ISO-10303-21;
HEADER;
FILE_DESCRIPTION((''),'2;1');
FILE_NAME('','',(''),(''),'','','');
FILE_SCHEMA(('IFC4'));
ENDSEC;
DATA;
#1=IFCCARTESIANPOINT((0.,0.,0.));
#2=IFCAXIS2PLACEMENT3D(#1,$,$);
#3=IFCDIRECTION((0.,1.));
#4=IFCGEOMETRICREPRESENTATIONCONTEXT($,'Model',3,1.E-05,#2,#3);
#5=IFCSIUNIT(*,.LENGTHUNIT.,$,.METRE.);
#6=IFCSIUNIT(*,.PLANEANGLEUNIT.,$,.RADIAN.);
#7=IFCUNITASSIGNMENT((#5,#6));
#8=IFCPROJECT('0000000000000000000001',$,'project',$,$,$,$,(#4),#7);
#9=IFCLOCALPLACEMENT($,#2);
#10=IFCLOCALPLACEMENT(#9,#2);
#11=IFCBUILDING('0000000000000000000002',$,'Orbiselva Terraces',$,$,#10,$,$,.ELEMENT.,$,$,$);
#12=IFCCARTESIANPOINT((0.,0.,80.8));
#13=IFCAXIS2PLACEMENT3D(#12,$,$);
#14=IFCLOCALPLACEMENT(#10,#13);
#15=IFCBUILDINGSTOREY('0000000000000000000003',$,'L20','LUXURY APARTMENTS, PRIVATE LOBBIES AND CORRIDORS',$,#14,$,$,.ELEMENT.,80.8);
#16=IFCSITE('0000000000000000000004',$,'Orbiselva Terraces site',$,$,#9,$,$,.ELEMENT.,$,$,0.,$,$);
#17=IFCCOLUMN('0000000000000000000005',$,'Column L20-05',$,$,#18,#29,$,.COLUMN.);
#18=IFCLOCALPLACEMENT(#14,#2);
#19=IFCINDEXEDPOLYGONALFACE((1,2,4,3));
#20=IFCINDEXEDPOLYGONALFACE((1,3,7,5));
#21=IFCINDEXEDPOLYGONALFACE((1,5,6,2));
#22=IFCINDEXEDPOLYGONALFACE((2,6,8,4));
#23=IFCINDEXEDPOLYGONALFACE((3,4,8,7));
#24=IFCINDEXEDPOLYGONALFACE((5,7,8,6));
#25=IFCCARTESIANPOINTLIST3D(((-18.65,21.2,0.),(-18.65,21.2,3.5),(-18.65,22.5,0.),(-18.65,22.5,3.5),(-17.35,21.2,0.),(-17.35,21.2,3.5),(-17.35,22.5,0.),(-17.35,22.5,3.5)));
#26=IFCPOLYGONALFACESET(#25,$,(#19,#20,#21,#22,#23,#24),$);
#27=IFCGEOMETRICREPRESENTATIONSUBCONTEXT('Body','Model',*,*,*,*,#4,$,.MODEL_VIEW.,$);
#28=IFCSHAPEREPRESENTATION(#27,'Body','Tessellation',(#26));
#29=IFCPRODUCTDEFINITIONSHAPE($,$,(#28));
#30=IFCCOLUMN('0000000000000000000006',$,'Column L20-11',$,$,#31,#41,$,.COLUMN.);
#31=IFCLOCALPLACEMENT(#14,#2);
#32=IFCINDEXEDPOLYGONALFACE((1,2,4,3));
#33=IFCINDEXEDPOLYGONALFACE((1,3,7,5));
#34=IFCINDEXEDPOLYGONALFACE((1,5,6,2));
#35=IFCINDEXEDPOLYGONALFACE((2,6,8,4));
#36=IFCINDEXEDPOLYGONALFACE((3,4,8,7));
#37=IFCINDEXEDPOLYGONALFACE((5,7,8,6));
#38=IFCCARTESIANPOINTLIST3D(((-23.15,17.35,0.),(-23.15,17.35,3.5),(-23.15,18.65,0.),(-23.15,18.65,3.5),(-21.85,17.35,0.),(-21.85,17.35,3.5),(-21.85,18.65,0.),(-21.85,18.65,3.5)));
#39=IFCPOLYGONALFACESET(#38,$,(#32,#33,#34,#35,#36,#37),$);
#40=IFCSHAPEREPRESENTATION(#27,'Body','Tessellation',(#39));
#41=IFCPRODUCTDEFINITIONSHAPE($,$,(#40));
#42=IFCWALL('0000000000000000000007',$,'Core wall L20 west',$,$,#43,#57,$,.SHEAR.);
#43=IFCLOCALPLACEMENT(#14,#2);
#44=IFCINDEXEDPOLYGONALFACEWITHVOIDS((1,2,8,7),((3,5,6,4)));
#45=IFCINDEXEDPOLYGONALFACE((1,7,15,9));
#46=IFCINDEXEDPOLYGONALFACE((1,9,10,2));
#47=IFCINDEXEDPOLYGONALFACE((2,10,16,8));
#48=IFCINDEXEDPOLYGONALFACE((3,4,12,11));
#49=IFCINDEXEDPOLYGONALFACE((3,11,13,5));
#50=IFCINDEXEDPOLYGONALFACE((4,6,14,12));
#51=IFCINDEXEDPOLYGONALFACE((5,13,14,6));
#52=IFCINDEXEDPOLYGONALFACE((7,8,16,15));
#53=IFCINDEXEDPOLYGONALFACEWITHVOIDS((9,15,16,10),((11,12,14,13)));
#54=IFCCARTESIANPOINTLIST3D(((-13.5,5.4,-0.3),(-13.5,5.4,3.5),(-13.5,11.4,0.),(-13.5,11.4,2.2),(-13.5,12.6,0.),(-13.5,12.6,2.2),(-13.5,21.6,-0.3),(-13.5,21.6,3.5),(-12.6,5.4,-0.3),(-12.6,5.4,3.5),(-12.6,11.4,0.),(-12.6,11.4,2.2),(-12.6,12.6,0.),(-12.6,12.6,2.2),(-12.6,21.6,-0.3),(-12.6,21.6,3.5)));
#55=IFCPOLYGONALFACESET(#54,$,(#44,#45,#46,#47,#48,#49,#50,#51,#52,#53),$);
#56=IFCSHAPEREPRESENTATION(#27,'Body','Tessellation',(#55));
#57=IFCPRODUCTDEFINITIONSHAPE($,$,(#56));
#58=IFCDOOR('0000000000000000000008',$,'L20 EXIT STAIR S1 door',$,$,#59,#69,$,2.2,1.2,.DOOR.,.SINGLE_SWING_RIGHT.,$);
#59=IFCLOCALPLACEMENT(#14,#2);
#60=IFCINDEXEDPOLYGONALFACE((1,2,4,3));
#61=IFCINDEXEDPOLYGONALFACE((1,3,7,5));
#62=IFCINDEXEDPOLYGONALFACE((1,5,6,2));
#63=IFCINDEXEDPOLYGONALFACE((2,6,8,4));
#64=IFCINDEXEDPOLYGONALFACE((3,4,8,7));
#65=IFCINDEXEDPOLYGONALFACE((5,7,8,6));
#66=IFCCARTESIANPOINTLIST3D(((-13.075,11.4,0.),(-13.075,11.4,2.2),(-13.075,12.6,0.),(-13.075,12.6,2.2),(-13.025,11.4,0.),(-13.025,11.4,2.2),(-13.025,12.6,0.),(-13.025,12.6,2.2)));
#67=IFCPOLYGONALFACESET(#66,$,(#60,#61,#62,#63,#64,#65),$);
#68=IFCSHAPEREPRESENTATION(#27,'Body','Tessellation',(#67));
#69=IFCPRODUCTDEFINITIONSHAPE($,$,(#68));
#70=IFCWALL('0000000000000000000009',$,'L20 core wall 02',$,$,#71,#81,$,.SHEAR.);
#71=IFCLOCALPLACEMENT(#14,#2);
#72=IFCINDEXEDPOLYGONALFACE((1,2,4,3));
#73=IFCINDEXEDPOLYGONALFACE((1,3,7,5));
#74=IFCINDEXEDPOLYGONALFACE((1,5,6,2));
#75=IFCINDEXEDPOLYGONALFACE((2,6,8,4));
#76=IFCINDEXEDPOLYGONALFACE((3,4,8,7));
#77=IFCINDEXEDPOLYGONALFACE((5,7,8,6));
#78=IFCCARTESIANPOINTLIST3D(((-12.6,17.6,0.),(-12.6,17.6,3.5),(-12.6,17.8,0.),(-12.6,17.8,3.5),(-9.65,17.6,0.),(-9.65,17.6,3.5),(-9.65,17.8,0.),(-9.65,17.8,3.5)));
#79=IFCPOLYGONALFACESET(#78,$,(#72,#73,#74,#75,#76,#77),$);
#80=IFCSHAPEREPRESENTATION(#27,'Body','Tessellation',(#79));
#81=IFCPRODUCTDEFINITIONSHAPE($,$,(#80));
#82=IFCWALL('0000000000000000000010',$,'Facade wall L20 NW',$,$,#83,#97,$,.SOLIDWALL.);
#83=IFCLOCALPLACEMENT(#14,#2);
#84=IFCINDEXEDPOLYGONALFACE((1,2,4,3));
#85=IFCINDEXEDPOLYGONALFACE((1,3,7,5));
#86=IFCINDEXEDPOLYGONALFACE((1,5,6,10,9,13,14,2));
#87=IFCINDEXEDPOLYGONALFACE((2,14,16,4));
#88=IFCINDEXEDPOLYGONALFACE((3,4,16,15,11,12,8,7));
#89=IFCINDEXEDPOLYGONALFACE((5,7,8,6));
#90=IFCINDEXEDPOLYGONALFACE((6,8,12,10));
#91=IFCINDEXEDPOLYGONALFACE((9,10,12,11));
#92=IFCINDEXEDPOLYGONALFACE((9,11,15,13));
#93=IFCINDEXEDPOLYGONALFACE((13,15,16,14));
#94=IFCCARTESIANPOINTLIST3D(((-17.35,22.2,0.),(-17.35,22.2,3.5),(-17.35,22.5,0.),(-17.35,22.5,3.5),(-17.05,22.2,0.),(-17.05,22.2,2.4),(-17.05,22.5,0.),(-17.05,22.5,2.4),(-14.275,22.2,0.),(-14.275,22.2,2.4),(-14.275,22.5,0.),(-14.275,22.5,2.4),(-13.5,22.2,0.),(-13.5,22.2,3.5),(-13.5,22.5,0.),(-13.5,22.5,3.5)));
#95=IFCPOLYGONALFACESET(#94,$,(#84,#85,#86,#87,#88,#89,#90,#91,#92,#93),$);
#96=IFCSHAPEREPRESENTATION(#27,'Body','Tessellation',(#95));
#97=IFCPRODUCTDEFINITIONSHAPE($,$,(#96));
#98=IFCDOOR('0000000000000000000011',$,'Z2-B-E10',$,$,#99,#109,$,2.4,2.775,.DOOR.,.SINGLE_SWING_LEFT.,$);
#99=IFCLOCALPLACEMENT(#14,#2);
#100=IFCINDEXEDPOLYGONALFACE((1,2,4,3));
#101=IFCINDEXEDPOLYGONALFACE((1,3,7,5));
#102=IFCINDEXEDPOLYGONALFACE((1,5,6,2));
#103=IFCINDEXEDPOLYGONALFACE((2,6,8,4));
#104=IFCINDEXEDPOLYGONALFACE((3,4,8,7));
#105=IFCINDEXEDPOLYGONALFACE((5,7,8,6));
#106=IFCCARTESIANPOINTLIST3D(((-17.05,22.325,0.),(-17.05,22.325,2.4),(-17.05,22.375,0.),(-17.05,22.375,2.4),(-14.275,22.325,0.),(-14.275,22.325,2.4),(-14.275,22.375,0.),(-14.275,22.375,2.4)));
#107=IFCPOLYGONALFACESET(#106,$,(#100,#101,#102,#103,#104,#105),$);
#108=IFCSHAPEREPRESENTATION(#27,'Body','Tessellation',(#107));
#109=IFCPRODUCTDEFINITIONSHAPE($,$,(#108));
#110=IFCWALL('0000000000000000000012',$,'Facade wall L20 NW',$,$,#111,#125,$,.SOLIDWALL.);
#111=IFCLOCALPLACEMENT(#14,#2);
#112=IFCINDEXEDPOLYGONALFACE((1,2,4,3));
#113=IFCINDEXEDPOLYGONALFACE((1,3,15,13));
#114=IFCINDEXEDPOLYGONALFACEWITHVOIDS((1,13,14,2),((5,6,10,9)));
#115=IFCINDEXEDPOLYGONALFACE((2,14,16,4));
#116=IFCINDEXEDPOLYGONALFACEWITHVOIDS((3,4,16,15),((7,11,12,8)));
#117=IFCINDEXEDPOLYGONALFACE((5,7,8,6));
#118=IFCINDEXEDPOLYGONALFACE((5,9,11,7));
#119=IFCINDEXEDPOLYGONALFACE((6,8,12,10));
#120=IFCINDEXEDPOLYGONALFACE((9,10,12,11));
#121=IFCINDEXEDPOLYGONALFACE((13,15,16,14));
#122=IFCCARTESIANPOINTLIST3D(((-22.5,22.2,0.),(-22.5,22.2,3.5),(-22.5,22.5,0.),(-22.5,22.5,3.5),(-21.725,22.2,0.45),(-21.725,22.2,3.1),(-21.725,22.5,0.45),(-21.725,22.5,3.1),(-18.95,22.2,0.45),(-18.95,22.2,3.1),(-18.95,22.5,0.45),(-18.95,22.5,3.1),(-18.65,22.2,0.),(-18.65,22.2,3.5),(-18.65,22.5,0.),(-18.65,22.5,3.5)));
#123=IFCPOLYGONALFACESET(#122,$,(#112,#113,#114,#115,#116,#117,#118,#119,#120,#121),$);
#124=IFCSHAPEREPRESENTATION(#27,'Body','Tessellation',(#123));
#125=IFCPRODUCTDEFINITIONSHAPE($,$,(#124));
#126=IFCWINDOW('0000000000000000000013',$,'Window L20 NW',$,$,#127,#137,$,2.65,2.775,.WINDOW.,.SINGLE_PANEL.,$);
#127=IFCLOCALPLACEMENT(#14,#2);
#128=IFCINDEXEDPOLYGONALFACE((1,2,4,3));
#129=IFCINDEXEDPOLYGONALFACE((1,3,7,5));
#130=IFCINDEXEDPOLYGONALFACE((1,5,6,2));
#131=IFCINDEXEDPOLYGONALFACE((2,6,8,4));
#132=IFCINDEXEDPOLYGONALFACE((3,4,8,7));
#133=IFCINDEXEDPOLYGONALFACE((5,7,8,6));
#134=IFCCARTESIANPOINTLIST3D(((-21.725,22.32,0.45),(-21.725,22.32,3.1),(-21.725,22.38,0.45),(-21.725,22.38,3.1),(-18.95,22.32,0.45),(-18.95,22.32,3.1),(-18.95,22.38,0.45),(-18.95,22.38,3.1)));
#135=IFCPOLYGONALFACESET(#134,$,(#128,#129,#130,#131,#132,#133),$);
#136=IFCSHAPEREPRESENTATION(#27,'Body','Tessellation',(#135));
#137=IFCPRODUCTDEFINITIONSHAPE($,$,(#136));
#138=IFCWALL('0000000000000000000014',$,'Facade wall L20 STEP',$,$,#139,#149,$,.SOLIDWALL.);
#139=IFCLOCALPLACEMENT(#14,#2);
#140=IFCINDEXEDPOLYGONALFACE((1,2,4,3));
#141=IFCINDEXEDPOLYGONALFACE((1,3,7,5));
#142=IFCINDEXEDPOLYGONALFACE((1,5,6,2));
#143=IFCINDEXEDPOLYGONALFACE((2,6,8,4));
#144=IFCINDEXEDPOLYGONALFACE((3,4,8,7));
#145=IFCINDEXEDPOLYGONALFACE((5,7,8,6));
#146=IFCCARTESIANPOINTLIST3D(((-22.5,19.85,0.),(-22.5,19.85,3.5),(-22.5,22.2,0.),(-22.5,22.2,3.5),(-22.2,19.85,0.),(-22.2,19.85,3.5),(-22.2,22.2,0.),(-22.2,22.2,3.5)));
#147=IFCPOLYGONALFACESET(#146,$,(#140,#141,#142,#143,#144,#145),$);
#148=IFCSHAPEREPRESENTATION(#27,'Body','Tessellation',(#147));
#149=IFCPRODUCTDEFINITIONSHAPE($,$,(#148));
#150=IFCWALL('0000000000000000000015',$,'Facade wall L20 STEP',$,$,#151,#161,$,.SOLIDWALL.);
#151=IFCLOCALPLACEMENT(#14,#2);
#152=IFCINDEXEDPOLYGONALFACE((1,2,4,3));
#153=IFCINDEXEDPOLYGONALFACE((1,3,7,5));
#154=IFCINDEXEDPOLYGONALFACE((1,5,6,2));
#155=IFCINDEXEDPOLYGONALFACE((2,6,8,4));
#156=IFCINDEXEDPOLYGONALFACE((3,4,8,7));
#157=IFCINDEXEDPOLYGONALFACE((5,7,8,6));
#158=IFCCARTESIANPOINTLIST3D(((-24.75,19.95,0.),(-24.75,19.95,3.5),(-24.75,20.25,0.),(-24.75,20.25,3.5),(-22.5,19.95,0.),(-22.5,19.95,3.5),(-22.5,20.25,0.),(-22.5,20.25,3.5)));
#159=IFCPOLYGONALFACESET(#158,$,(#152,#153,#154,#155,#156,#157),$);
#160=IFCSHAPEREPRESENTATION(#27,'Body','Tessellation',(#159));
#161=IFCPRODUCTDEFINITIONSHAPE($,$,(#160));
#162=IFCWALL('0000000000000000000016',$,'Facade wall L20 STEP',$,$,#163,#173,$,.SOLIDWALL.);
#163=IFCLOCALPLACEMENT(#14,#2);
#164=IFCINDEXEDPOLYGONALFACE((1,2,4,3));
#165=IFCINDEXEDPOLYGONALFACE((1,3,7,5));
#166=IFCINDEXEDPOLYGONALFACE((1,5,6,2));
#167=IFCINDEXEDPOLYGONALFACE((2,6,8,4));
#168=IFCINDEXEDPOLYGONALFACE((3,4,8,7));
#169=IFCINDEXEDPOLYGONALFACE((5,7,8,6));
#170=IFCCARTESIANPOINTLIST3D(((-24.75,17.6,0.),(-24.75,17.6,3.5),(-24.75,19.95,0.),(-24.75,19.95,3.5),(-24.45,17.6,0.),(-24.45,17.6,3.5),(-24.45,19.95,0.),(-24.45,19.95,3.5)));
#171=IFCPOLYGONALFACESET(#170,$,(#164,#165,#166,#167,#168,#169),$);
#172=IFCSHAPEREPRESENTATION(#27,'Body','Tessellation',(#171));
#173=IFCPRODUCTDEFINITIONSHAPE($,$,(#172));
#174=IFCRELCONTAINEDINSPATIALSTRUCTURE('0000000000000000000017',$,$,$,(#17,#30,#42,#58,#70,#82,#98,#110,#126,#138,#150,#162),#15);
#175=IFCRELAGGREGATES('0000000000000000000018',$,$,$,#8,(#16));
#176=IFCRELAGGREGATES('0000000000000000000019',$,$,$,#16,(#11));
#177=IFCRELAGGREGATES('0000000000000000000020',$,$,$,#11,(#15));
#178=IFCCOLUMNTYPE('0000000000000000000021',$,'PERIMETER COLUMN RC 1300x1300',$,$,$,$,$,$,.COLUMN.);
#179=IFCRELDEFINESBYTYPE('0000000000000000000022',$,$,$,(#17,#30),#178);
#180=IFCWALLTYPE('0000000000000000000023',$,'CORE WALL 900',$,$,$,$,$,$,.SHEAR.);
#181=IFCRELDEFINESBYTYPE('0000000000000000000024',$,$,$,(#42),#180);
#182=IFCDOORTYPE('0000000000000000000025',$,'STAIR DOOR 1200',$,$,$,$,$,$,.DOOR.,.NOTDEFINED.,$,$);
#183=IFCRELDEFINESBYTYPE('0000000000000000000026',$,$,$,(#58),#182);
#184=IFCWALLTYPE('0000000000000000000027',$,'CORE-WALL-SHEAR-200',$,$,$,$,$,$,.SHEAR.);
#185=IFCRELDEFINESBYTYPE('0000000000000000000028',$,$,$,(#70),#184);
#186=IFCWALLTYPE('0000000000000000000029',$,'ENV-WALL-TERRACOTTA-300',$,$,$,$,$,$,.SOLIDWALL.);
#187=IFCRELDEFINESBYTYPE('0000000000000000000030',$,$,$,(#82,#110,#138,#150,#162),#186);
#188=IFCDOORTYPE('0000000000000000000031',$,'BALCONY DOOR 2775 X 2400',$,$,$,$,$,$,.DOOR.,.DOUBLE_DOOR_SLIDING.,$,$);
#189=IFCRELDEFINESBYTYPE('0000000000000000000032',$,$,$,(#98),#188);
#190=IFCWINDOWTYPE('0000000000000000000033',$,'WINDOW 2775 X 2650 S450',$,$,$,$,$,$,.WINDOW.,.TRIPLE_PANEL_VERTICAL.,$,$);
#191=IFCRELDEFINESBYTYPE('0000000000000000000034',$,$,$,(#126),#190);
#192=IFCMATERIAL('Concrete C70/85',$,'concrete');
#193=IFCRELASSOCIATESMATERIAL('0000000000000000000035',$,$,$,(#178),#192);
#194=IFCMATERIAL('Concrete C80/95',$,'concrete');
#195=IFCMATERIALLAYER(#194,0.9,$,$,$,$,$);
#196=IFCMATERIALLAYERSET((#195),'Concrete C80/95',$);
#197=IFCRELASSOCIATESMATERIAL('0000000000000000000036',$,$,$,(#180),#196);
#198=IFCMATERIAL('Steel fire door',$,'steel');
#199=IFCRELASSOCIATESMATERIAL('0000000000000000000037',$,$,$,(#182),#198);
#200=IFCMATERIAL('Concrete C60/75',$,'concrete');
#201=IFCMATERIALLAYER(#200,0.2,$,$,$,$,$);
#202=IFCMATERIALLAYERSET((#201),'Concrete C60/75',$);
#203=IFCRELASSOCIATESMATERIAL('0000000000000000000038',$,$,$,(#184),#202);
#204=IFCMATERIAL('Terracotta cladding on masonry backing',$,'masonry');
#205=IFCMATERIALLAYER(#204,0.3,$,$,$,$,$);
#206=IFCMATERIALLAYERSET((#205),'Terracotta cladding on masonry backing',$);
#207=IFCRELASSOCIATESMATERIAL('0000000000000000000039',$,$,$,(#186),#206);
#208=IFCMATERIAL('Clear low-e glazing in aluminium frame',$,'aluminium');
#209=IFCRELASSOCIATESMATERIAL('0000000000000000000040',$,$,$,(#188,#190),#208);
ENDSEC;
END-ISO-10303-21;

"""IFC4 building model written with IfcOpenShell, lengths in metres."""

from ifc_helpers import new_model, si_unit, direction, frame, frame_2d, origin, origin_2d, place, context, subcontext, project, spatial, rectangle, extrude, material, layer, layer_set, material_profile, profile_set, type_object, element, fill, save


model = new_model("IFC4")

# Units and contexts
model_context = context("Model", 3, precision=1e-05, world=origin(), true_north=direction((0.0, 1.0)))
body_context = subcontext(model_context, "Body", "Model", "MODEL_VIEW")
ifc_project = project(units=[si_unit("LENGTHUNIT", "METRE"), si_unit("PLANEANGLEUNIT", "RADIAN")], contexts=[model_context])

# Site, building, storey
site_placement = place(None, origin())
site = spatial("IfcSite", under=ifc_project, at=site_placement, Name="Orbiselva Terraces site", CompositionType="ELEMENT", RefElevation=0.0)
building_placement = place(site_placement, origin())
building = spatial("IfcBuilding", under=site, at=building_placement, Name="Orbiselva Terraces", CompositionType="ELEMENT")
storey_placement = place(building_placement, frame((0.0, 0.0, 80.8)))
storey = spatial("IfcBuildingStorey", under=building, at=storey_placement, Name="L20", Description="LUXURY APARTMENTS, PRIVATE LOBBIES AND CORRIDORS", CompositionType="ELEMENT", Elevation=80.8)

# Columns
ifc_material_1 = material(Name="Concrete C70/85", Category="concrete")
ifc_material_profile = material_profile(ifc_material_1, rectangle(XDim=1.3, YDim=1.3, at=origin_2d()), Name="RC 1300x1300")
ifc_profile_set = profile_set([ifc_material_profile], Name="Concrete C70/85")
column_type = type_object("IfcColumnType", Name="PERIMETER COLUMN RC 1300x1300", PredefinedType="COLUMN", material=ifc_profile_set)
for number, where, z_axis, x_axis, name in (
    (1, (-18.0, 21.85, 0.0), (0.0, 0.0, 1.0), (1.0, 0.0, 0.0), "Column L20-05"),
    (2, (-22.5, 18.0, 0.0), (0.0, 0.0, 1.0), (1.0, 0.0, 0.0), "Column L20-11"),
):
    element("IfcColumn", number, at=place(storey_placement, frame(where, z_axis=z_axis, x_axis=x_axis)), inside=storey, type_object=column_type, Name=name, PredefinedType="COLUMN", context=body_context, shape_type="SweptSolid", body=[
        extrude(rectangle(XDim=1.3, YDim=1.3, at=origin_2d()), origin(), (0.0, 0.0, 1.0), 3.5),
    ])

# Wall, opening, door
ifc_material_2 = material(Name="Concrete C80/95", Category="concrete")
ifc_layer_1 = layer(ifc_material_2, 0.9)
ifc_layer_set_1 = layer_set([ifc_layer_1], Name="Concrete C80/95")
wall_type_1 = type_object("IfcWallType", Name="CORE WALL 900", PredefinedType="SHEAR", material=ifc_layer_set_1)
wall_1_placement = place(storey_placement, frame((-13.05, 21.6, -0.3), z_axis=(0.0, 0.0, 1.0), x_axis=(0.0, -1.0, 0.0)))
wall_1 = element("IfcWall", 3, at=wall_1_placement, inside=storey, type_object=wall_type_1, Name="Core wall L20 west", PredefinedType="SHEAR", context=body_context, shape_type="SweptSolid", body=[
    extrude(rectangle(XDim=16.2, YDim=0.9, at=frame_2d((8.1, 0.0))), origin(), (0.0, 0.0, 1.0), 3.8),
])
opening_1_placement = place(wall_1_placement, frame((9.0, 0.0, 0.3)))
opening_1 = element("IfcOpeningElement", 4, at=opening_1_placement, cuts=wall_1, PredefinedType="OPENING", context=body_context, shape_type="SweptSolid", body=[
    extrude(rectangle(XDim=1.2, YDim=2.2, at=frame_2d((0.6, 1.1))), frame((0.0, 0.46, 0.0), z_axis=(0.0, -1.0, 0.0), x_axis=(1.0, 0.0, 0.0)), (0.0, 0.0, 1.0), 0.92),
])
ifc_material_3 = material(Name="Steel fire door", Category="steel")
door_type_1 = type_object("IfcDoorType", Name="STAIR DOOR 1200", OperationType="NOTDEFINED", PredefinedType="DOOR", material=ifc_material_3)
door_1_placement = place(opening_1_placement, frame((1.2, 0.0, 0.0), z_axis=(0.0, 0.0, 1.0), x_axis=(-1.0, 0.0, 0.0)))
door_1 = element("IfcDoor", 5, at=door_1_placement, inside=storey, type_object=door_type_1, Name="L20 EXIT STAIR S1 door", OperationType="SINGLE_SWING_RIGHT", OverallHeight=2.2, OverallWidth=1.2, PredefinedType="DOOR", context=body_context, shape_type="SweptSolid", body=[
    extrude(rectangle(XDim=1.2, YDim=2.2, at=frame_2d((0.6, 1.1))), frame((0.0, 0.025, 0.0), z_axis=(0.0, -1.0, 0.0), x_axis=(1.0, 0.0, 0.0)), (0.0, 0.0, 1.0), 0.05),
])
fill(opening_1, door_1)

# Wall
ifc_material_4 = material(Name="Concrete C60/75", Category="concrete")
ifc_layer_2 = layer(ifc_material_4, 0.2)
ifc_layer_set_2 = layer_set([ifc_layer_2], Name="Concrete C60/75")
wall_type_2 = type_object("IfcWallType", Name="CORE-WALL-SHEAR-200", PredefinedType="SHEAR", material=ifc_layer_set_2)
wall_2_placement = place(storey_placement, frame((-12.6, 17.7, 0.0), z_axis=(0.0, 0.0, 1.0), x_axis=(1.0, 0.0, 0.0)))
element("IfcWall", 6, at=wall_2_placement, inside=storey, type_object=wall_type_2, Name="L20 core wall 02", PredefinedType="SHEAR", context=body_context, shape_type="SweptSolid", body=[
    extrude(rectangle(XDim=2.95, YDim=0.2, at=frame_2d((1.475, 0.0))), origin(), (0.0, 0.0, 1.0), 3.5),
])

# Wall, opening, door
ifc_material_5 = material(Name="Terracotta cladding on masonry backing", Category="masonry")
ifc_layer_3 = layer(ifc_material_5, 0.3)
ifc_layer_set_3 = layer_set([ifc_layer_3], Name="Terracotta cladding on masonry backing")
wall_type_3 = type_object("IfcWallType", Name="ENV-WALL-TERRACOTTA-300", PredefinedType="SOLIDWALL", material=ifc_layer_set_3)
wall_3_placement = place(storey_placement, frame((-17.35, 22.35, 0.0), z_axis=(0.0, 0.0, 1.0), x_axis=(1.0, 0.0, 0.0)))
wall_3 = element("IfcWall", 7, at=wall_3_placement, inside=storey, type_object=wall_type_3, Name="Facade wall L20 NW", PredefinedType="SOLIDWALL", context=body_context, shape_type="SweptSolid", body=[
    extrude(rectangle(XDim=3.85, YDim=0.3, at=frame_2d((1.925, 0.0))), origin(), (0.0, 0.0, 1.0), 3.5),
])
opening_2_placement = place(wall_3_placement, frame((0.3, 0.0, 0.0)))
opening_2 = element("IfcOpeningElement", 8, at=opening_2_placement, cuts=wall_3, PredefinedType="OPENING", context=body_context, shape_type="SweptSolid", body=[
    extrude(rectangle(XDim=2.775, YDim=2.4, at=frame_2d((1.3875, 1.2))), frame((0.0, 0.16, 0.0), z_axis=(0.0, -1.0, 0.0), x_axis=(1.0, 0.0, 0.0)), (0.0, 0.0, 1.0), 0.32),
])
ifc_material_6 = material(Name="Clear low-e glazing in aluminium frame", Category="aluminium")
door_type_2 = type_object("IfcDoorType", Name="BALCONY DOOR 2775 X 2400", OperationType="DOUBLE_DOOR_SLIDING", PredefinedType="DOOR", material=ifc_material_6)
door_2_placement = place(opening_2_placement, origin())
door_2 = element("IfcDoor", 9, at=door_2_placement, inside=storey, type_object=door_type_2, Name="Z2-B-E10", OperationType="SINGLE_SWING_LEFT", OverallHeight=2.4, OverallWidth=2.775, PredefinedType="DOOR", context=body_context, shape_type="SweptSolid", body=[
    extrude(rectangle(XDim=2.775, YDim=2.4, at=frame_2d((1.3875, 1.2))), frame((0.0, 0.025, 0.0), z_axis=(0.0, -1.0, 0.0), x_axis=(1.0, 0.0, 0.0)), (0.0, 0.0, 1.0), 0.05),
])
fill(opening_2, door_2)

# Wall, opening, window
wall_4_placement = place(storey_placement, frame((-22.5, 22.35, 0.0), z_axis=(0.0, 0.0, 1.0), x_axis=(1.0, 0.0, 0.0)))
wall_4 = element("IfcWall", 10, at=wall_4_placement, inside=storey, type_object=wall_type_3, Name="Facade wall L20 NW", PredefinedType="SOLIDWALL", context=body_context, shape_type="SweptSolid", body=[
    extrude(rectangle(XDim=3.85, YDim=0.3, at=frame_2d((1.925, 0.0))), origin(), (0.0, 0.0, 1.0), 3.5),
])
opening_3_placement = place(wall_4_placement, frame((0.775, 0.0, 0.45)))
opening_3 = element("IfcOpeningElement", 11, at=opening_3_placement, cuts=wall_4, PredefinedType="OPENING", context=body_context, shape_type="SweptSolid", body=[
    extrude(rectangle(XDim=2.775, YDim=2.65, at=frame_2d((1.3875, 1.325))), frame((0.0, 0.16, 0.0), z_axis=(0.0, -1.0, 0.0), x_axis=(1.0, 0.0, 0.0)), (0.0, 0.0, 1.0), 0.32),
])
window_type = type_object("IfcWindowType", Name="WINDOW 2775 X 2650 S450", PartitioningType="TRIPLE_PANEL_VERTICAL", PredefinedType="WINDOW", material=ifc_material_6)
window_placement = place(opening_3_placement, origin())
window = element("IfcWindow", 12, at=window_placement, inside=storey, type_object=window_type, Name="Window L20 NW", OverallHeight=2.65, OverallWidth=2.775, PartitioningType="SINGLE_PANEL", PredefinedType="WINDOW", context=body_context, shape_type="SweptSolid", body=[
    extrude(rectangle(XDim=2.775, YDim=2.65, at=frame_2d((1.3875, 1.325))), frame((0.0, 0.03, 0.0), z_axis=(0.0, -1.0, 0.0), x_axis=(1.0, 0.0, 0.0)), (0.0, 0.0, 1.0), 0.06),
])
fill(opening_3, window)

# Walls
wall_5_placement = place(storey_placement, frame((-22.35, 19.85, 0.0), z_axis=(0.0, 0.0, 1.0), x_axis=(0.0, 1.0, 0.0)))
element("IfcWall", 13, at=wall_5_placement, inside=storey, type_object=wall_type_3, Name="Facade wall L20 STEP", PredefinedType="SOLIDWALL", context=body_context, shape_type="SweptSolid", body=[
    extrude(rectangle(XDim=2.35, YDim=0.3, at=frame_2d((1.175, 0.0))), origin(), (0.0, 0.0, 1.0), 3.5),
])
wall_6_placement = place(storey_placement, frame((-24.75, 20.1, 0.0), z_axis=(0.0, 0.0, 1.0), x_axis=(1.0, 0.0, 0.0)))
element("IfcWall", 14, at=wall_6_placement, inside=storey, type_object=wall_type_3, Name="Facade wall L20 STEP", PredefinedType="SOLIDWALL", context=body_context, shape_type="SweptSolid", body=[
    extrude(rectangle(XDim=2.25, YDim=0.3, at=frame_2d((1.125, 0.0))), origin(), (0.0, 0.0, 1.0), 3.5),
])
wall_7_placement = place(storey_placement, frame((-24.6, 17.6, 0.0), z_axis=(0.0, 0.0, 1.0), x_axis=(0.0, 1.0, 0.0)))
element("IfcWall", 15, at=wall_7_placement, inside=storey, type_object=wall_type_3, Name="Facade wall L20 STEP", PredefinedType="SOLIDWALL", context=body_context, shape_type="SweptSolid", body=[
    extrude(rectangle(XDim=2.35, YDim=0.3, at=frame_2d((1.175, 0.0))), origin(), (0.0, 0.0, 1.0), 3.5),
])

save(model, "model.ifc")
